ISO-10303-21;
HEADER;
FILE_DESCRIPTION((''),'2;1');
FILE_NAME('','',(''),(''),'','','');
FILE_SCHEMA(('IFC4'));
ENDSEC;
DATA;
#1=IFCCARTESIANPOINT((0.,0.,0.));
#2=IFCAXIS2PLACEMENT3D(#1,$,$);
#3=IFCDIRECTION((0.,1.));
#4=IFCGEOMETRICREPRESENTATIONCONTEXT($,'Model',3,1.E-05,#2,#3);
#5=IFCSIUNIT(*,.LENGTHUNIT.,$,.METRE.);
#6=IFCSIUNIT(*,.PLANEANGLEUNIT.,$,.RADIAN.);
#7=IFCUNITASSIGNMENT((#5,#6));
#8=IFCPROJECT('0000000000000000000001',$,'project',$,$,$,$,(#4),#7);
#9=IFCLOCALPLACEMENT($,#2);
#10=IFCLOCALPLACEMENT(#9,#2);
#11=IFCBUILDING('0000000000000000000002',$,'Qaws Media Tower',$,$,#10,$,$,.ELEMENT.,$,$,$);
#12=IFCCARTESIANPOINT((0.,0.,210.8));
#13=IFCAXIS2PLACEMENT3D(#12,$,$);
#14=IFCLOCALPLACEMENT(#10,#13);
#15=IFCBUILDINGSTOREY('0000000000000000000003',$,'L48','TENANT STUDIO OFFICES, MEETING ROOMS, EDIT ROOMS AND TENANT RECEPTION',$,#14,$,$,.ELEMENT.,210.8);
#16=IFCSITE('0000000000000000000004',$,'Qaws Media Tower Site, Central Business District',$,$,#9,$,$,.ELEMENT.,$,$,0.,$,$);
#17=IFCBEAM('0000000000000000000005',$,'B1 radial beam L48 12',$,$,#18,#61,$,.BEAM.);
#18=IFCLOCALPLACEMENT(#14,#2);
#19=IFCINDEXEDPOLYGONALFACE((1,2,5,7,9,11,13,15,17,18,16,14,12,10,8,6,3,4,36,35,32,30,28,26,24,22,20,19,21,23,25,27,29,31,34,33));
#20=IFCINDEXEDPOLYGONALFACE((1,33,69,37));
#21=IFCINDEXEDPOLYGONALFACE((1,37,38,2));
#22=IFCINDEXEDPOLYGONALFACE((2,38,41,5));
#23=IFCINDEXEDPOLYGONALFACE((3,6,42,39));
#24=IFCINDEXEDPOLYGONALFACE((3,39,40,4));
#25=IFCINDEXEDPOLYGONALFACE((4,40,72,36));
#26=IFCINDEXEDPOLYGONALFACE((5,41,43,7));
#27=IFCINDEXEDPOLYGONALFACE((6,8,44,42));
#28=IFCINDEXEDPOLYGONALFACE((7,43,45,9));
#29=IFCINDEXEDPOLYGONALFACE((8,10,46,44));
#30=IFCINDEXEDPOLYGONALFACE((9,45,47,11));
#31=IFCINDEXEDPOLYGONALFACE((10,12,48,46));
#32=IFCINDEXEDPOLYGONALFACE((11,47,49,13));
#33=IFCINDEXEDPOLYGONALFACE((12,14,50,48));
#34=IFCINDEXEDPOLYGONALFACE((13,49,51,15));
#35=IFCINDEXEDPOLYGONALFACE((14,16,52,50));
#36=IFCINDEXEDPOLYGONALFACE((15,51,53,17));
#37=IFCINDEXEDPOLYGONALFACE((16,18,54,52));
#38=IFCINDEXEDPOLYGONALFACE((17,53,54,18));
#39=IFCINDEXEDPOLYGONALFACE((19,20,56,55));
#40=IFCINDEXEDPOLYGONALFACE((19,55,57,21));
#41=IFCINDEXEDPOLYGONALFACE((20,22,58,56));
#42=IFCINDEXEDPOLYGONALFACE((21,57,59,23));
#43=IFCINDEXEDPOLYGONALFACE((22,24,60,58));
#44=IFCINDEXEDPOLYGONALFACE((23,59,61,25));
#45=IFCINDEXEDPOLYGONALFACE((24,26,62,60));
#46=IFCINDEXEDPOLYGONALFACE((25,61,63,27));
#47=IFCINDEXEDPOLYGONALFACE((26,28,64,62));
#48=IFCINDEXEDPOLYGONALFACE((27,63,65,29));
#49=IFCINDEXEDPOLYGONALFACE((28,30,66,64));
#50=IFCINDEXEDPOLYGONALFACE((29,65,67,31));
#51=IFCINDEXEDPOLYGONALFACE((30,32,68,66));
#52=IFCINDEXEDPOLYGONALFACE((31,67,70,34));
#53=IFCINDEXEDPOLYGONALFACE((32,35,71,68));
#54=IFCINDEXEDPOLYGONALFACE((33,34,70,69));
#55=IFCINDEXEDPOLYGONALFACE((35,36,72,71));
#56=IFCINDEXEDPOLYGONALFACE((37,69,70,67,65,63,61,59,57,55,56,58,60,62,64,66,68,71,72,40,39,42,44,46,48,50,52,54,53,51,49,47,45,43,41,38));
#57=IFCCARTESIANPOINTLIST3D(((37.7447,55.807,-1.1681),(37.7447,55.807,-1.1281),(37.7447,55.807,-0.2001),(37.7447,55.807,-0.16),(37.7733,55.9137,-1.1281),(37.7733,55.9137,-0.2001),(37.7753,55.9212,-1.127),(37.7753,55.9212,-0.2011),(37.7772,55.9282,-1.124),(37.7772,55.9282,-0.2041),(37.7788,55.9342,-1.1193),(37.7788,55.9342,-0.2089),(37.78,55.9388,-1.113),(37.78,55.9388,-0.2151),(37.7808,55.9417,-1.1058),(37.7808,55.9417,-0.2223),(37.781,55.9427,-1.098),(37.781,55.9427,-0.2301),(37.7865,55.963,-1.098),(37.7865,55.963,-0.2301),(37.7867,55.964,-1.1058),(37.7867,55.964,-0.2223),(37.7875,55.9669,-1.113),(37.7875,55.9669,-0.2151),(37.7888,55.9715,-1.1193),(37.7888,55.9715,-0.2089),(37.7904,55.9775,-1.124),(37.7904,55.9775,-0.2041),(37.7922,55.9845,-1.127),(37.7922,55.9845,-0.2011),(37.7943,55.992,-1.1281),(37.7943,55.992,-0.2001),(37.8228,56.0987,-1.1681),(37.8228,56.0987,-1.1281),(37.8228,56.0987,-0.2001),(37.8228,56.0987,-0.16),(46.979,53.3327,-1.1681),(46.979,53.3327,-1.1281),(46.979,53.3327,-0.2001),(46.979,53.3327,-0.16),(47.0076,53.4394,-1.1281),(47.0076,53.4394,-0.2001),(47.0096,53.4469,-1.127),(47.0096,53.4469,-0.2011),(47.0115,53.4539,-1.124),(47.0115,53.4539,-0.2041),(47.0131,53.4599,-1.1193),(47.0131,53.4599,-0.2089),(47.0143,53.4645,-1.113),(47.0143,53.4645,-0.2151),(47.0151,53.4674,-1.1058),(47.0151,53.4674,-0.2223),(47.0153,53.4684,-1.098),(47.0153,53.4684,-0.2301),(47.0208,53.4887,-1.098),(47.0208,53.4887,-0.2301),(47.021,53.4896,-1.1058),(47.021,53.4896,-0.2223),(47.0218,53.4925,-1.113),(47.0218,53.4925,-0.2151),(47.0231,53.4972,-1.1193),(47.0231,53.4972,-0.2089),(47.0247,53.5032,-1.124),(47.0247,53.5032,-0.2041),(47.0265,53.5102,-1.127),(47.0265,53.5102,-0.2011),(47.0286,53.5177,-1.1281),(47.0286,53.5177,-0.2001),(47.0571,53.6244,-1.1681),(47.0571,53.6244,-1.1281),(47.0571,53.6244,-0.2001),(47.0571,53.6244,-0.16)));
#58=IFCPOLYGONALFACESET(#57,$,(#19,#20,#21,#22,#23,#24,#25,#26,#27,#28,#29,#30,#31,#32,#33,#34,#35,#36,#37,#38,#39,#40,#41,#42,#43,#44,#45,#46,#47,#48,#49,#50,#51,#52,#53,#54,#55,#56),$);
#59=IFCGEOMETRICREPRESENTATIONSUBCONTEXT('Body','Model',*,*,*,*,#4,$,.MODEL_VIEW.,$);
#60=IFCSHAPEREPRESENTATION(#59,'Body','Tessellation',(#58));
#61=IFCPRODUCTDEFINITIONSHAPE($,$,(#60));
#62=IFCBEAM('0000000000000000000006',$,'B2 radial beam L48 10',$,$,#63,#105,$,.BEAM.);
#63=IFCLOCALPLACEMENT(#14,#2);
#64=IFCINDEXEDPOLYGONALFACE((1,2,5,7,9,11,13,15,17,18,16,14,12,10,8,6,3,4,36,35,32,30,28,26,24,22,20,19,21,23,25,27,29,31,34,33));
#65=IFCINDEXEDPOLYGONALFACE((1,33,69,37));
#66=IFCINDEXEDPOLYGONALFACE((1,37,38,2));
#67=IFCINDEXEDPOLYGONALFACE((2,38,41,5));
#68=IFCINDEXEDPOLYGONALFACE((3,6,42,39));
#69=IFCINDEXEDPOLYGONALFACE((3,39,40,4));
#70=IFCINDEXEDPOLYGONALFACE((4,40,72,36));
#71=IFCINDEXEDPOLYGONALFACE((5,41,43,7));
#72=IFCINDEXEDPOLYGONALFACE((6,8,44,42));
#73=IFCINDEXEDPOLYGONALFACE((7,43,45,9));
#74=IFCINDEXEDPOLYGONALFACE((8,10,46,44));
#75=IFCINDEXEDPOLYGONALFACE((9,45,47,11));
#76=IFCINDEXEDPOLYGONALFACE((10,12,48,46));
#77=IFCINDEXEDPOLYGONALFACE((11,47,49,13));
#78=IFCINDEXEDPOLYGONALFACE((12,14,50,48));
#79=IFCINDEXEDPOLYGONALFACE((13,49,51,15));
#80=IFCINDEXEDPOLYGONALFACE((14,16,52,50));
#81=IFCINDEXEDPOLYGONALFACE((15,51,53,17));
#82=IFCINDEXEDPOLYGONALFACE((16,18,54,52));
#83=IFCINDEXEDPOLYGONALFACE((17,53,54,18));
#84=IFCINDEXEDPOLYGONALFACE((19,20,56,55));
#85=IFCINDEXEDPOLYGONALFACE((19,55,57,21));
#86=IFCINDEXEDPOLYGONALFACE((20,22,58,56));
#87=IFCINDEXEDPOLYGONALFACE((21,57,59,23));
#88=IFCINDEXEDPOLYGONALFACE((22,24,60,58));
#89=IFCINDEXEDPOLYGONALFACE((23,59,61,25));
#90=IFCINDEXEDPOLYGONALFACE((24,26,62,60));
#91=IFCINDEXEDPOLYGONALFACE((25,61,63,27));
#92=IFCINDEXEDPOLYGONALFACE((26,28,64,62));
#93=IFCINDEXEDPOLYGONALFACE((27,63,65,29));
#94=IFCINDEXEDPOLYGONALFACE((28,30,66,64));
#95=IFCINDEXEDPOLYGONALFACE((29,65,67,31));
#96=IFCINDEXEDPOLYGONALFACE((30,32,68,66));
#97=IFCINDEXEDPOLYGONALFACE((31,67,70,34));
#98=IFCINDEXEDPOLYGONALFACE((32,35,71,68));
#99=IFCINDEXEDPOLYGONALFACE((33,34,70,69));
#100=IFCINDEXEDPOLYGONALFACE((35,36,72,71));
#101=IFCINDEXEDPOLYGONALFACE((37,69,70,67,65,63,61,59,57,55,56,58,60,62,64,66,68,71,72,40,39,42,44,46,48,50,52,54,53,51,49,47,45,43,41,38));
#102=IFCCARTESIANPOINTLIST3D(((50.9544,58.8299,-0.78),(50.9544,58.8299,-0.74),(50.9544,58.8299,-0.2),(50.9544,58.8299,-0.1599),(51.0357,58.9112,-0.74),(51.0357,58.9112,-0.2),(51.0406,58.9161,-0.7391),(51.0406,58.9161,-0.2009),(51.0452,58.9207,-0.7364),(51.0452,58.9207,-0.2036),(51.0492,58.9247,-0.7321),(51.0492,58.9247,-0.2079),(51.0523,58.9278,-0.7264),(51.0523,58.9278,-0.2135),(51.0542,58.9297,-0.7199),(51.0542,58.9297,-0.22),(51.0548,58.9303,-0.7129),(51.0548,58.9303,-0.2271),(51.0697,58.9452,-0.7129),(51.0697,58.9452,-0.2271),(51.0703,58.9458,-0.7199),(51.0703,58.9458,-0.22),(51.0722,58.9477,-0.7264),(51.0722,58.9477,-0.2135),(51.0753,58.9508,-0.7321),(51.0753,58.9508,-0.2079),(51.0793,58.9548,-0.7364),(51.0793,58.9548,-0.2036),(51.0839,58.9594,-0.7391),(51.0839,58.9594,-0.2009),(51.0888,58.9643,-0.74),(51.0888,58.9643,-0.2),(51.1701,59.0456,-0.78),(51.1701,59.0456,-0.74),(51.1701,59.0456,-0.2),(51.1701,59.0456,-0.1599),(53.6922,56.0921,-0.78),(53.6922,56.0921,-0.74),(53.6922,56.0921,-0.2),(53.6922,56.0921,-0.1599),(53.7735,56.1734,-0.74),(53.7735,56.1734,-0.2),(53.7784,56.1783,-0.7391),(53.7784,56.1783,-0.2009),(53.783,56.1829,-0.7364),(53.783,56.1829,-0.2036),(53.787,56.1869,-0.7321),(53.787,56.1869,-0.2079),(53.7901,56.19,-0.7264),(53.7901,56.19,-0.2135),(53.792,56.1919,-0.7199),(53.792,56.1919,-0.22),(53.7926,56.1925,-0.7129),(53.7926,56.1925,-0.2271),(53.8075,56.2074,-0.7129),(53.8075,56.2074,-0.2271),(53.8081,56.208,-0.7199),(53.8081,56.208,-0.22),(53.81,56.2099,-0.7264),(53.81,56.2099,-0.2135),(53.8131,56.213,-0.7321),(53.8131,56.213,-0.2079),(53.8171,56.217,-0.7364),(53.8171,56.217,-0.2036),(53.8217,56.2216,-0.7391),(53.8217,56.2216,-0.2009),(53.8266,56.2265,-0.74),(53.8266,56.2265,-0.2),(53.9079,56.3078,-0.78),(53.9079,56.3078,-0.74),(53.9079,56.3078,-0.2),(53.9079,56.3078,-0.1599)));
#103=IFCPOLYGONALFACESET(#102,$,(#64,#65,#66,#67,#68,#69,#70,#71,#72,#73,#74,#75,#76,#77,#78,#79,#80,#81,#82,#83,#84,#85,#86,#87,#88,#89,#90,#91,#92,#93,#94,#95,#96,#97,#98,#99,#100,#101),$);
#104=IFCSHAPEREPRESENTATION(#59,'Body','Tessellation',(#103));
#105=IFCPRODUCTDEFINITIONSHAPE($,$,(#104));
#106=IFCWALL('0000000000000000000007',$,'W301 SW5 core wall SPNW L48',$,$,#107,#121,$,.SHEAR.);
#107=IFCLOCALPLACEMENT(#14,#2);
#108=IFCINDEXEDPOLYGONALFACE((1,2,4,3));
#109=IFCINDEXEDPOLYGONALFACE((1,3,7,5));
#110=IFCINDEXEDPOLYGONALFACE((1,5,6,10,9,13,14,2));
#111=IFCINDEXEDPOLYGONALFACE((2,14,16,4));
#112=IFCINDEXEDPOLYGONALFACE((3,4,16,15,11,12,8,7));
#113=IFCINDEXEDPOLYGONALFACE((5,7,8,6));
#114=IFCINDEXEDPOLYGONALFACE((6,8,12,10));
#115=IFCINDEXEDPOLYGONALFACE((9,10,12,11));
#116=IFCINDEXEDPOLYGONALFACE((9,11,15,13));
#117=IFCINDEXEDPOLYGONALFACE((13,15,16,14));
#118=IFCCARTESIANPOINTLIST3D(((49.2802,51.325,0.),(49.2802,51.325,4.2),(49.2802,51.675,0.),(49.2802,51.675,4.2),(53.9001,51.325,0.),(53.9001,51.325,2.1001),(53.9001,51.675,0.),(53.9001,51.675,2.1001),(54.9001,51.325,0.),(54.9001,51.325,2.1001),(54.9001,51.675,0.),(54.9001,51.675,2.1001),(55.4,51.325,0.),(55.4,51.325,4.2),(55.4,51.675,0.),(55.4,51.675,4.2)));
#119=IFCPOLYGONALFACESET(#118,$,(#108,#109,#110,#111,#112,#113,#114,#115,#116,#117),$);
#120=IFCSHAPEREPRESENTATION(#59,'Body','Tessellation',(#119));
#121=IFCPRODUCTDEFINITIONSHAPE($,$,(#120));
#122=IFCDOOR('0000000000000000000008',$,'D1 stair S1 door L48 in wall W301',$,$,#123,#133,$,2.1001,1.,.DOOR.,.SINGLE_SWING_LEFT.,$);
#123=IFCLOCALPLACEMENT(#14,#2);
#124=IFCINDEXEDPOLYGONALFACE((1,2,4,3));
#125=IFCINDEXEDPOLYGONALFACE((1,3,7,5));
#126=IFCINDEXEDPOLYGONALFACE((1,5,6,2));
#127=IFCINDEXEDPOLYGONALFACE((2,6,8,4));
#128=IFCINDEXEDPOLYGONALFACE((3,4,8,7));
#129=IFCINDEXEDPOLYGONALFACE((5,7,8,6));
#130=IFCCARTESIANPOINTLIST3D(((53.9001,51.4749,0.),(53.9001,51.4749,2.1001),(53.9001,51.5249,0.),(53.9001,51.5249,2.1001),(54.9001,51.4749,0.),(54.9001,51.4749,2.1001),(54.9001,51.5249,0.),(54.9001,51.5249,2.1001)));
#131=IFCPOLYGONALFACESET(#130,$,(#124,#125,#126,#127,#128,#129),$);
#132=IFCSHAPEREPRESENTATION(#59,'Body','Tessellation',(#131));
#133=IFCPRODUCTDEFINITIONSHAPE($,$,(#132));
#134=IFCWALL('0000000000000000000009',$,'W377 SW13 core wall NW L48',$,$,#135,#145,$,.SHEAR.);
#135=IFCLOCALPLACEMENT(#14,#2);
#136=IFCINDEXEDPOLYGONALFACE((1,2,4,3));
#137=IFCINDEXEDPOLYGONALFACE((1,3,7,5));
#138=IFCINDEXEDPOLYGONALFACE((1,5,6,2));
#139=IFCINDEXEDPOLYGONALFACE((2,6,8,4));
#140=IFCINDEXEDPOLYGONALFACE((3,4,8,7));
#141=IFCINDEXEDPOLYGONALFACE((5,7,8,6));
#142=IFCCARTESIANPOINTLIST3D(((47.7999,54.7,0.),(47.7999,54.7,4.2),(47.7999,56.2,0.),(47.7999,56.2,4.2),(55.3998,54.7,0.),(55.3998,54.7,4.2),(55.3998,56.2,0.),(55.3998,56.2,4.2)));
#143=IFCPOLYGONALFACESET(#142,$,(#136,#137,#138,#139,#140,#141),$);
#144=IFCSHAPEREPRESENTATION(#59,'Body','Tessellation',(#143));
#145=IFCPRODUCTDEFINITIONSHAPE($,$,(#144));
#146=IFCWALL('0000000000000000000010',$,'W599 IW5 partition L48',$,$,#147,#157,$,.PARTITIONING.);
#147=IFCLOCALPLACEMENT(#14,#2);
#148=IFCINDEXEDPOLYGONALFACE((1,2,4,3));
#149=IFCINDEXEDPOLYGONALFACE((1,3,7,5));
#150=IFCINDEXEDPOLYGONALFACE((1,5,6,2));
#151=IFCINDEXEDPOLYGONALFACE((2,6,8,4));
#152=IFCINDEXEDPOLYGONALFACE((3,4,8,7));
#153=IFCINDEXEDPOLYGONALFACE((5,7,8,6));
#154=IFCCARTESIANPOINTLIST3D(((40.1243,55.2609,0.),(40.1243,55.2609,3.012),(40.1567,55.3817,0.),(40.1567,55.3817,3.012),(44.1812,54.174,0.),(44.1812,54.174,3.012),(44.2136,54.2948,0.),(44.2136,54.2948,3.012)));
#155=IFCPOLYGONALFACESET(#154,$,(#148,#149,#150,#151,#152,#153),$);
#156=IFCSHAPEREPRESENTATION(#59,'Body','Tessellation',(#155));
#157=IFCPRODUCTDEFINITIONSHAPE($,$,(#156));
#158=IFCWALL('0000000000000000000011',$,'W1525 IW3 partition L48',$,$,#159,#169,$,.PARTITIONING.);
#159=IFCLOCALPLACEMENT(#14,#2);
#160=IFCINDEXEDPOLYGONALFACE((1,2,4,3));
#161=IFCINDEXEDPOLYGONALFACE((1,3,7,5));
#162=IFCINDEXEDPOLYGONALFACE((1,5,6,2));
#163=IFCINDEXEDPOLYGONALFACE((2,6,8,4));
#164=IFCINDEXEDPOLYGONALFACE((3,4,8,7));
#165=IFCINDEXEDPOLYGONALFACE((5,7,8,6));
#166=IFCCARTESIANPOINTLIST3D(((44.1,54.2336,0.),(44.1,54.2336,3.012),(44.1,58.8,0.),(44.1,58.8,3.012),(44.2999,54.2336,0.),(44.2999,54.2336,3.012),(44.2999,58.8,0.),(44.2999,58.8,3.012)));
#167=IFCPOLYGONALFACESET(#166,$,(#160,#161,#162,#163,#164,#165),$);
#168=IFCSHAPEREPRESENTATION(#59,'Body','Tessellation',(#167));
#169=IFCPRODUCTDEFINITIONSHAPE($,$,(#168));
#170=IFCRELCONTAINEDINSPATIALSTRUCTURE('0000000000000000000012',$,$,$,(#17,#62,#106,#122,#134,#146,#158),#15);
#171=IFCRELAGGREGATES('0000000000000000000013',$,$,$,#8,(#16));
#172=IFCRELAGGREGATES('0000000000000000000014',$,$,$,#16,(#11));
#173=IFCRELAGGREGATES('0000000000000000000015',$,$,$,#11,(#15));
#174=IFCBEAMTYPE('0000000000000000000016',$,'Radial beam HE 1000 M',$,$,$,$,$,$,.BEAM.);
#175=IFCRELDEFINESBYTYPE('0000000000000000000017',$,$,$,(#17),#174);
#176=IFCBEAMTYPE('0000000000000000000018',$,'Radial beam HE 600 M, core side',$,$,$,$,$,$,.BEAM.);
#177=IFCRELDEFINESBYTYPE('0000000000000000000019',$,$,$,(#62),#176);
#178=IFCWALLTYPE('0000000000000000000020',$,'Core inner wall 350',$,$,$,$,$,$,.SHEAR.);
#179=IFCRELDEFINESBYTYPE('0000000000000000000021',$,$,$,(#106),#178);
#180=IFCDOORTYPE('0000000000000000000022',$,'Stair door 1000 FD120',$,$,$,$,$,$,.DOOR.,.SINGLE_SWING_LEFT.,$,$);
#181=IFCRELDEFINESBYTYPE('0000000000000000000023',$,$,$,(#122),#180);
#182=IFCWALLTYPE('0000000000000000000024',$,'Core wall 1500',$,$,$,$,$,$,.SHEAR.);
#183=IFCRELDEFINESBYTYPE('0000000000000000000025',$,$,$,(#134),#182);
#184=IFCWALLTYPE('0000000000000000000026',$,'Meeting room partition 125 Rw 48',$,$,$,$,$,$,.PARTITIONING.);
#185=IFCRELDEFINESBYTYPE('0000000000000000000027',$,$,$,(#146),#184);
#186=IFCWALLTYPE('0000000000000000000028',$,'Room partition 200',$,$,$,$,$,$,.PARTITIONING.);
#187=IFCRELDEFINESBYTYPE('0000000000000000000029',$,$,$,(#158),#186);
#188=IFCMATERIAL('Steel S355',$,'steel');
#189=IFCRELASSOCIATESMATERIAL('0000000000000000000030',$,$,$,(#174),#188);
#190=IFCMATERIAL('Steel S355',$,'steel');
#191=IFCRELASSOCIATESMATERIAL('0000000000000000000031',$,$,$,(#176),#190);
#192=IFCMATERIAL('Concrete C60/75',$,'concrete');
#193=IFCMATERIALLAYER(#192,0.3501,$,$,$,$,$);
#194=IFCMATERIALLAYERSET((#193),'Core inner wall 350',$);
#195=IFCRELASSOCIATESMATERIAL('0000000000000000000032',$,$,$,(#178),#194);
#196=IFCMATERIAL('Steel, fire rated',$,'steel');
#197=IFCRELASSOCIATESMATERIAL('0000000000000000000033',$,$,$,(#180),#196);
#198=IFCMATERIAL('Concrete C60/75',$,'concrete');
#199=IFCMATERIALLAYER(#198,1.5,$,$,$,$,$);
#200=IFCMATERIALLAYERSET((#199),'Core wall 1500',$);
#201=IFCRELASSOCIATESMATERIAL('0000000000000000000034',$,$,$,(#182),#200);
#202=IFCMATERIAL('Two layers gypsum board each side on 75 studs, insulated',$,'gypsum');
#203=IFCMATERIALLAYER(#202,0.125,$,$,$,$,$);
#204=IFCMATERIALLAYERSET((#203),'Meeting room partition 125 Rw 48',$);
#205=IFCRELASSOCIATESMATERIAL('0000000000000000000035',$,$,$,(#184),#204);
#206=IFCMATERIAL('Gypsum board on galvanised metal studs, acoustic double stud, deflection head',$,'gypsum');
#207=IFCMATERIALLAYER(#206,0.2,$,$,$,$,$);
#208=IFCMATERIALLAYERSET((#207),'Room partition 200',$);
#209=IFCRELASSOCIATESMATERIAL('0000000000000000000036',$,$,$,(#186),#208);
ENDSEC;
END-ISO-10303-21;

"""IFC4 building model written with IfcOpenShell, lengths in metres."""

from ifc_helpers import new_model, si_unit, direction, frame, frame_2d, origin, origin_2d, place, context, subcontext, project, spatial, rectangle, i_section, extrude, material, layer, layer_set, material_profile, profile_set, type_object, element, fill, save


model = new_model("IFC4")

# Units and contexts
model_context = context("Model", 3, precision=1e-05, world=origin(), true_north=direction((0.0, 1.0)))
body_context = subcontext(model_context, "Body", "Model", "MODEL_VIEW")
ifc_project = project(units=[si_unit("LENGTHUNIT", "METRE"), si_unit("PLANEANGLEUNIT", "RADIAN")], contexts=[model_context])

# Site, building, storey
site_placement = place(None, origin())
site = spatial("IfcSite", under=ifc_project, at=site_placement, Name="Qaws Media Tower Site, Central Business District", CompositionType="ELEMENT", RefElevation=0.0)
building_placement = place(site_placement, origin())
building = spatial("IfcBuilding", under=site, at=building_placement, Name="Qaws Media Tower", CompositionType="ELEMENT")
storey_placement = place(building_placement, frame((0.0, 0.0, 210.8)))
storey = spatial("IfcBuildingStorey", under=building, at=storey_placement, Name="L48", Description="TENANT STUDIO OFFICES, MEETING ROOMS, EDIT ROOMS AND TENANT RECEPTION", CompositionType="ELEMENT", Elevation=210.8)

# Beams
ifc_material_1 = material(Name="Steel S355", Category="steel")
ifc_material_profile_1 = material_profile(ifc_material_1, i_section(OverallWidth=0.302, OverallDepth=1.0081, WebThickness=0.021, FlangeThickness=0.04, FilletRadius=0.03, at=origin_2d()), Name="HE 1000 M")
ifc_profile_set_1 = profile_set([ifc_material_profile_1], Name="Steel S355")
beam_type_1 = type_object("IfcBeamType", Name="Radial beam HE 1000 M", PredefinedType="BEAM", material=ifc_profile_set_1)
beam_1_placement = place(storey_placement, frame((47.0181, 53.4785, -0.6641), z_axis=(-0.965925, 0.258821, 0.0), x_axis=(-0.258821, -0.965925, 0.0)))
element("IfcBeam", 1, at=beam_1_placement, inside=storey, type_object=beam_type_1, Name="B1 radial beam L48 12", PredefinedType="BEAM", context=body_context, shape_type="SweptSolid", body=[
    extrude(i_section(OverallWidth=0.302, OverallDepth=1.0081, WebThickness=0.021, FlangeThickness=0.04, FilletRadius=0.03, at=origin_2d()), origin(), (0.0, 0.0, 1.0), 9.5601),
])
ifc_material_2 = material(Name="Steel S355", Category="steel")
ifc_material_profile_2 = material_profile(ifc_material_2, i_section(OverallWidth=0.3049, OverallDepth=0.6201, WebThickness=0.021, FlangeThickness=0.04, FilletRadius=0.0271, at=origin_2d()), Name="HE 600 M")
ifc_profile_set_2 = profile_set([ifc_material_profile_2], Name="Steel S355")
beam_type_2 = type_object("IfcBeamType", Name="Radial beam HE 600 M, core side", PredefinedType="BEAM", material=ifc_profile_set_2)
beam_2_placement = place(storey_placement, frame((53.8, 56.2, -0.47), z_axis=(-0.707107, 0.707107, 0.0), x_axis=(-0.707107, -0.707107, 0.0)))
element("IfcBeam", 2, at=beam_2_placement, inside=storey, type_object=beam_type_2, Name="B2 radial beam L48 10", PredefinedType="BEAM", context=body_context, shape_type="SweptSolid", body=[
    extrude(i_section(OverallWidth=0.3049, OverallDepth=0.6201, WebThickness=0.021, FlangeThickness=0.04, FilletRadius=0.0271, at=origin_2d()), origin(), (0.0, 0.0, 1.0), 3.8718),
])

# Wall, opening, door
ifc_material_3 = material(Name="Concrete C60/75", Category="concrete")
ifc_layer_1 = layer(ifc_material_3, 0.3501)
ifc_layer_set_1 = layer_set([ifc_layer_1], Name="Core inner wall 350")
wall_type_1 = type_object("IfcWallType", Name="Core inner wall 350", PredefinedType="SHEAR", material=ifc_layer_set_1)
wall_1_placement = place(storey_placement, frame((49.28, 51.5, 0.0), z_axis=(0.0, 0.0, 1.0), x_axis=(1.0, 0.0, 0.0)))
wall_1 = element("IfcWall", 3, at=wall_1_placement, inside=storey, type_object=wall_type_1, Name="W301 SW5 core wall SPNW L48", PredefinedType="SHEAR", context=body_context, shape_type="SweptSolid", body=[
    extrude(rectangle(XDim=6.1199, YDim=0.3501, at=frame_2d((3.0601, 0.0))), origin(), (0.0, 0.0, 1.0), 4.2),
])
opening_placement = place(wall_1_placement, frame((4.6201, 0.0, 0.0)))
opening = element("IfcOpeningElement", 4, at=opening_placement, cuts=wall_1, PredefinedType="OPENING", context=body_context, shape_type="SweptSolid", body=[
    extrude(rectangle(XDim=1.0, YDim=2.1001, at=frame_2d((0.5, 1.05))), frame((0.0, 0.1851, 0.0), z_axis=(0.0, -1.0, 0.0), x_axis=(1.0, 0.0, 0.0)), (0.0, 0.0, 1.0), 0.3701),
])
ifc_material_4 = material(Name="Steel, fire rated", Category="steel")
door_type = type_object("IfcDoorType", Name="Stair door 1000 FD120", OperationType="SINGLE_SWING_LEFT", PredefinedType="DOOR", material=ifc_material_4)
door_placement = place(opening_placement, origin())
door = element("IfcDoor", 5, at=door_placement, inside=storey, type_object=door_type, Name="D1 stair S1 door L48 in wall W301", OperationType="SINGLE_SWING_LEFT", OverallHeight=2.1001, OverallWidth=1.0, PredefinedType="DOOR", context=body_context, shape_type="SweptSolid", body=[
    extrude(rectangle(XDim=1.0, YDim=2.1001, at=frame_2d((0.5, 1.05))), frame((0.0, 0.0249, 0.0), z_axis=(0.0, -1.0, 0.0), x_axis=(1.0, 0.0, 0.0)), (0.0, 0.0, 1.0), 0.05),
])
fill(opening, door)

# Walls
ifc_material_5 = material(Name="Concrete C60/75", Category="concrete")
ifc_layer_2 = layer(ifc_material_5, 1.5)
ifc_layer_set_2 = layer_set([ifc_layer_2], Name="Core wall 1500")
wall_type_2 = type_object("IfcWallType", Name="Core wall 1500", PredefinedType="SHEAR", material=ifc_layer_set_2)
wall_2_placement = place(storey_placement, frame((47.8, 55.45, 0.0), z_axis=(0.0, 0.0, 1.0), x_axis=(1.0, 0.0, 0.0)))
element("IfcWall", 6, at=wall_2_placement, inside=storey, type_object=wall_type_2, Name="W377 SW13 core wall NW L48", PredefinedType="SHEAR", context=body_context, shape_type="SweptSolid", body=[
    extrude(rectangle(XDim=7.5999, YDim=1.5, at=frame_2d((3.7998, 0.0))), origin(), (0.0, 0.0, 1.0), 4.2),
])
ifc_material_6 = material(Name="Two layers gypsum board each side on 75 studs, insulated", Category="gypsum")
ifc_layer_3 = layer(ifc_material_6, 0.125)
ifc_layer_set_3 = layer_set([ifc_layer_3], Name="Meeting room partition 125 Rw 48")
wall_type_3 = type_object("IfcWallType", Name="Meeting room partition 125 Rw 48", PredefinedType="PARTITIONING", material=ifc_layer_set_3)
wall_3_placement = place(storey_placement, frame((44.1975, 54.2344, 0.0), z_axis=(0.0, 0.0, 1.0), x_axis=(-0.965933, 0.258791, 0.0)))
element("IfcWall", 7, at=wall_3_placement, inside=storey, type_object=wall_type_3, Name="W599 IW5 partition L48", PredefinedType="PARTITIONING", context=body_context, shape_type="SweptSolid", body=[
    extrude(rectangle(XDim=4.2, YDim=0.125, at=frame_2d((2.1001, 0.0))), origin(), (0.0, 0.0, 1.0), 3.012),
])
ifc_material_7 = material(Name="Gypsum board on galvanised metal studs, acoustic double stud, deflection head", Category="gypsum")
ifc_layer_4 = layer(ifc_material_7, 0.2)
ifc_layer_set_4 = layer_set([ifc_layer_4], Name="Room partition 200")
wall_type_4 = type_object("IfcWallType", Name="Room partition 200", PredefinedType="PARTITIONING", material=ifc_layer_set_4)
wall_4_placement = place(storey_placement, frame((44.2, 54.2336, 0.0), z_axis=(0.0, 0.0, 1.0), x_axis=(0.0, 1.0, 0.0)))
element("IfcWall", 8, at=wall_4_placement, inside=storey, type_object=wall_type_4, Name="W1525 IW3 partition L48", PredefinedType="PARTITIONING", context=body_context, shape_type="SweptSolid", body=[
    extrude(rectangle(XDim=4.5664, YDim=0.2, at=frame_2d((2.2832, 0.0))), origin(), (0.0, 0.0, 1.0), 3.012),
])

save(model, "model.ifc")
